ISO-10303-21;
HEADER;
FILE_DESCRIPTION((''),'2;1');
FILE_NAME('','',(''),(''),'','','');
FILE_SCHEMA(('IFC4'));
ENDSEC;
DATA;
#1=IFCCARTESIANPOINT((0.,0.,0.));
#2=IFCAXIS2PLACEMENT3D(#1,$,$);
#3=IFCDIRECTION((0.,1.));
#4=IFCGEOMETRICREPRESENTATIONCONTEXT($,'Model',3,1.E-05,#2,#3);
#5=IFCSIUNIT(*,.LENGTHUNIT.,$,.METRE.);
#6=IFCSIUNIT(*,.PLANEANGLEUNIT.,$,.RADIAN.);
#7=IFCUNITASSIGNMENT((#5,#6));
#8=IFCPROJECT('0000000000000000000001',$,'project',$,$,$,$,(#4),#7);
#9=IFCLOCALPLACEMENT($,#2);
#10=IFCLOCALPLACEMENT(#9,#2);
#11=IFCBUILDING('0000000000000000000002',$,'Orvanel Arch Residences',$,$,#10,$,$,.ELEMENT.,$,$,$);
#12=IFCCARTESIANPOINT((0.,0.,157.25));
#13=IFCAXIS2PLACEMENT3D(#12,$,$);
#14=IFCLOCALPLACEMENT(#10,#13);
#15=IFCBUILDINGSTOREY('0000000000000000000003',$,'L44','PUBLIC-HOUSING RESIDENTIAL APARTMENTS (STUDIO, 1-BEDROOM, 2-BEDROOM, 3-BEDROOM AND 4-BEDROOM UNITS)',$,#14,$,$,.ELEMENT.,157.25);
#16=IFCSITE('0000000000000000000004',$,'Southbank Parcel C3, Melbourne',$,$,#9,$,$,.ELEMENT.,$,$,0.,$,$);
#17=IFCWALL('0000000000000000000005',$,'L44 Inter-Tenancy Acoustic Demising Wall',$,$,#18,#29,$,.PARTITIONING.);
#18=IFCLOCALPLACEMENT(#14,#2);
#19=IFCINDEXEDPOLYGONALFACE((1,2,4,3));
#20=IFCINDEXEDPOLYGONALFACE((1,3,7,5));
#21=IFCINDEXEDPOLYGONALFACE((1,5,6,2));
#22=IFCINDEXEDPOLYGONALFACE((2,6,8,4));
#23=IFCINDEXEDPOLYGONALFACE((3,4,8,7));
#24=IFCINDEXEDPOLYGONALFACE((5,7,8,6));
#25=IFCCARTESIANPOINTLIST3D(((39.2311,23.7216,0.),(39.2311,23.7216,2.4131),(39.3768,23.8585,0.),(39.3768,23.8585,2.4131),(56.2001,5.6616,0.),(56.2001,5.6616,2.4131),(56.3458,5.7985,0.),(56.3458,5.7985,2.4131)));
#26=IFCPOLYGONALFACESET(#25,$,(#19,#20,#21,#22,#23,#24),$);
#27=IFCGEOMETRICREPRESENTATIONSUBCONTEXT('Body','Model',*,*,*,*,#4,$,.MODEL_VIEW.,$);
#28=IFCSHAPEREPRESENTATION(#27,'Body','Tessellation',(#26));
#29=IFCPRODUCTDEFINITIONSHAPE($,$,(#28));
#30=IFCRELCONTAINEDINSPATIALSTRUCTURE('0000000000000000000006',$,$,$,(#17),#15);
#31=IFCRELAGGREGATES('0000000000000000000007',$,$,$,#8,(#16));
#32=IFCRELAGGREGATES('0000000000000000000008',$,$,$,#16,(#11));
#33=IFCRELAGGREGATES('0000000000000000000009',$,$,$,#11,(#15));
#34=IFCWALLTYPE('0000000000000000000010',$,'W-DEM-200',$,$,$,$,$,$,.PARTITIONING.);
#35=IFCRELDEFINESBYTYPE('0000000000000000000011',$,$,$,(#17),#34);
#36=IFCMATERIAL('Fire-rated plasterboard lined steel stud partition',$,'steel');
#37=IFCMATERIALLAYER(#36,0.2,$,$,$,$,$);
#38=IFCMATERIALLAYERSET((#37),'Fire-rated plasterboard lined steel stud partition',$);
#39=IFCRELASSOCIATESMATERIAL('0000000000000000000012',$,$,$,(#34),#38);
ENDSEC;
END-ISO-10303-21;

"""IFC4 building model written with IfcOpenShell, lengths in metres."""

from ifc_helpers import new_model, si_unit, direction, frame, frame_2d, origin, place, context, subcontext, project, spatial, rectangle, extrude, material, layer, layer_set, type_object, element, save


model = new_model("IFC4")

# Units and contexts
model_context = context("Model", 3, precision=1e-05, world=origin(), true_north=direction((0.0, 1.0)))
body_context = subcontext(model_context, "Body", "Model", "MODEL_VIEW")
ifc_project = project(units=[si_unit("LENGTHUNIT", "METRE"), si_unit("PLANEANGLEUNIT", "RADIAN")], contexts=[model_context])

# Site, building, storey
site_placement = place(None, origin())
site = spatial("IfcSite", under=ifc_project, at=site_placement, Name="Southbank Parcel C3, Melbourne", CompositionType="ELEMENT", RefElevation=0.0)
building_placement = place(site_placement, origin())
building = spatial("IfcBuilding", under=site, at=building_placement, Name="Orvanel Arch Residences", CompositionType="ELEMENT")
storey_placement = place(building_placement, frame((0.0, 0.0, 157.25)))
storey = spatial("IfcBuildingStorey", under=building, at=storey_placement, Name="L44", Description="PUBLIC-HOUSING RESIDENTIAL APARTMENTS (STUDIO, 1-BEDROOM, 2-BEDROOM, 3-BEDROOM AND 4-BEDROOM UNITS)", CompositionType="ELEMENT", Elevation=157.25)

# Shared definitions
ifc_material_1 = material(Name="Fire-rated plasterboard lined steel stud partition", Category="steel")

# Wall
ifc_layer_1 = layer(ifc_material_1, 0.2)
ifc_layer_set_1 = layer_set([ifc_layer_1], Name="Fire-rated plasterboard lined steel stud partition")
wall_type_1 = type_object("IfcWallType", Name="W-DEM-200", PredefinedType="PARTITIONING", material=ifc_layer_set_1)
wall_1_placement = place(storey_placement, frame((39.304, 23.79, 0.0), z_axis=(0.0, 0.0, 1.0), x_axis=(0.68475, -0.728778, 0.0)))
element("IfcWall", 1, at=wall_1_placement, inside=storey, type_object=wall_type_1, Name="L44 Inter-Tenancy Acoustic Demising Wall", PredefinedType="PARTITIONING", context=body_context, shape_type="SweptSolid", body=[
    extrude(rectangle(XDim=24.7812, YDim=0.2, at=frame_2d((12.3906, 0.0))), origin(), (0.0, 0.0, 1.0), 2.4131),
])

save(model, "model.ifc")
